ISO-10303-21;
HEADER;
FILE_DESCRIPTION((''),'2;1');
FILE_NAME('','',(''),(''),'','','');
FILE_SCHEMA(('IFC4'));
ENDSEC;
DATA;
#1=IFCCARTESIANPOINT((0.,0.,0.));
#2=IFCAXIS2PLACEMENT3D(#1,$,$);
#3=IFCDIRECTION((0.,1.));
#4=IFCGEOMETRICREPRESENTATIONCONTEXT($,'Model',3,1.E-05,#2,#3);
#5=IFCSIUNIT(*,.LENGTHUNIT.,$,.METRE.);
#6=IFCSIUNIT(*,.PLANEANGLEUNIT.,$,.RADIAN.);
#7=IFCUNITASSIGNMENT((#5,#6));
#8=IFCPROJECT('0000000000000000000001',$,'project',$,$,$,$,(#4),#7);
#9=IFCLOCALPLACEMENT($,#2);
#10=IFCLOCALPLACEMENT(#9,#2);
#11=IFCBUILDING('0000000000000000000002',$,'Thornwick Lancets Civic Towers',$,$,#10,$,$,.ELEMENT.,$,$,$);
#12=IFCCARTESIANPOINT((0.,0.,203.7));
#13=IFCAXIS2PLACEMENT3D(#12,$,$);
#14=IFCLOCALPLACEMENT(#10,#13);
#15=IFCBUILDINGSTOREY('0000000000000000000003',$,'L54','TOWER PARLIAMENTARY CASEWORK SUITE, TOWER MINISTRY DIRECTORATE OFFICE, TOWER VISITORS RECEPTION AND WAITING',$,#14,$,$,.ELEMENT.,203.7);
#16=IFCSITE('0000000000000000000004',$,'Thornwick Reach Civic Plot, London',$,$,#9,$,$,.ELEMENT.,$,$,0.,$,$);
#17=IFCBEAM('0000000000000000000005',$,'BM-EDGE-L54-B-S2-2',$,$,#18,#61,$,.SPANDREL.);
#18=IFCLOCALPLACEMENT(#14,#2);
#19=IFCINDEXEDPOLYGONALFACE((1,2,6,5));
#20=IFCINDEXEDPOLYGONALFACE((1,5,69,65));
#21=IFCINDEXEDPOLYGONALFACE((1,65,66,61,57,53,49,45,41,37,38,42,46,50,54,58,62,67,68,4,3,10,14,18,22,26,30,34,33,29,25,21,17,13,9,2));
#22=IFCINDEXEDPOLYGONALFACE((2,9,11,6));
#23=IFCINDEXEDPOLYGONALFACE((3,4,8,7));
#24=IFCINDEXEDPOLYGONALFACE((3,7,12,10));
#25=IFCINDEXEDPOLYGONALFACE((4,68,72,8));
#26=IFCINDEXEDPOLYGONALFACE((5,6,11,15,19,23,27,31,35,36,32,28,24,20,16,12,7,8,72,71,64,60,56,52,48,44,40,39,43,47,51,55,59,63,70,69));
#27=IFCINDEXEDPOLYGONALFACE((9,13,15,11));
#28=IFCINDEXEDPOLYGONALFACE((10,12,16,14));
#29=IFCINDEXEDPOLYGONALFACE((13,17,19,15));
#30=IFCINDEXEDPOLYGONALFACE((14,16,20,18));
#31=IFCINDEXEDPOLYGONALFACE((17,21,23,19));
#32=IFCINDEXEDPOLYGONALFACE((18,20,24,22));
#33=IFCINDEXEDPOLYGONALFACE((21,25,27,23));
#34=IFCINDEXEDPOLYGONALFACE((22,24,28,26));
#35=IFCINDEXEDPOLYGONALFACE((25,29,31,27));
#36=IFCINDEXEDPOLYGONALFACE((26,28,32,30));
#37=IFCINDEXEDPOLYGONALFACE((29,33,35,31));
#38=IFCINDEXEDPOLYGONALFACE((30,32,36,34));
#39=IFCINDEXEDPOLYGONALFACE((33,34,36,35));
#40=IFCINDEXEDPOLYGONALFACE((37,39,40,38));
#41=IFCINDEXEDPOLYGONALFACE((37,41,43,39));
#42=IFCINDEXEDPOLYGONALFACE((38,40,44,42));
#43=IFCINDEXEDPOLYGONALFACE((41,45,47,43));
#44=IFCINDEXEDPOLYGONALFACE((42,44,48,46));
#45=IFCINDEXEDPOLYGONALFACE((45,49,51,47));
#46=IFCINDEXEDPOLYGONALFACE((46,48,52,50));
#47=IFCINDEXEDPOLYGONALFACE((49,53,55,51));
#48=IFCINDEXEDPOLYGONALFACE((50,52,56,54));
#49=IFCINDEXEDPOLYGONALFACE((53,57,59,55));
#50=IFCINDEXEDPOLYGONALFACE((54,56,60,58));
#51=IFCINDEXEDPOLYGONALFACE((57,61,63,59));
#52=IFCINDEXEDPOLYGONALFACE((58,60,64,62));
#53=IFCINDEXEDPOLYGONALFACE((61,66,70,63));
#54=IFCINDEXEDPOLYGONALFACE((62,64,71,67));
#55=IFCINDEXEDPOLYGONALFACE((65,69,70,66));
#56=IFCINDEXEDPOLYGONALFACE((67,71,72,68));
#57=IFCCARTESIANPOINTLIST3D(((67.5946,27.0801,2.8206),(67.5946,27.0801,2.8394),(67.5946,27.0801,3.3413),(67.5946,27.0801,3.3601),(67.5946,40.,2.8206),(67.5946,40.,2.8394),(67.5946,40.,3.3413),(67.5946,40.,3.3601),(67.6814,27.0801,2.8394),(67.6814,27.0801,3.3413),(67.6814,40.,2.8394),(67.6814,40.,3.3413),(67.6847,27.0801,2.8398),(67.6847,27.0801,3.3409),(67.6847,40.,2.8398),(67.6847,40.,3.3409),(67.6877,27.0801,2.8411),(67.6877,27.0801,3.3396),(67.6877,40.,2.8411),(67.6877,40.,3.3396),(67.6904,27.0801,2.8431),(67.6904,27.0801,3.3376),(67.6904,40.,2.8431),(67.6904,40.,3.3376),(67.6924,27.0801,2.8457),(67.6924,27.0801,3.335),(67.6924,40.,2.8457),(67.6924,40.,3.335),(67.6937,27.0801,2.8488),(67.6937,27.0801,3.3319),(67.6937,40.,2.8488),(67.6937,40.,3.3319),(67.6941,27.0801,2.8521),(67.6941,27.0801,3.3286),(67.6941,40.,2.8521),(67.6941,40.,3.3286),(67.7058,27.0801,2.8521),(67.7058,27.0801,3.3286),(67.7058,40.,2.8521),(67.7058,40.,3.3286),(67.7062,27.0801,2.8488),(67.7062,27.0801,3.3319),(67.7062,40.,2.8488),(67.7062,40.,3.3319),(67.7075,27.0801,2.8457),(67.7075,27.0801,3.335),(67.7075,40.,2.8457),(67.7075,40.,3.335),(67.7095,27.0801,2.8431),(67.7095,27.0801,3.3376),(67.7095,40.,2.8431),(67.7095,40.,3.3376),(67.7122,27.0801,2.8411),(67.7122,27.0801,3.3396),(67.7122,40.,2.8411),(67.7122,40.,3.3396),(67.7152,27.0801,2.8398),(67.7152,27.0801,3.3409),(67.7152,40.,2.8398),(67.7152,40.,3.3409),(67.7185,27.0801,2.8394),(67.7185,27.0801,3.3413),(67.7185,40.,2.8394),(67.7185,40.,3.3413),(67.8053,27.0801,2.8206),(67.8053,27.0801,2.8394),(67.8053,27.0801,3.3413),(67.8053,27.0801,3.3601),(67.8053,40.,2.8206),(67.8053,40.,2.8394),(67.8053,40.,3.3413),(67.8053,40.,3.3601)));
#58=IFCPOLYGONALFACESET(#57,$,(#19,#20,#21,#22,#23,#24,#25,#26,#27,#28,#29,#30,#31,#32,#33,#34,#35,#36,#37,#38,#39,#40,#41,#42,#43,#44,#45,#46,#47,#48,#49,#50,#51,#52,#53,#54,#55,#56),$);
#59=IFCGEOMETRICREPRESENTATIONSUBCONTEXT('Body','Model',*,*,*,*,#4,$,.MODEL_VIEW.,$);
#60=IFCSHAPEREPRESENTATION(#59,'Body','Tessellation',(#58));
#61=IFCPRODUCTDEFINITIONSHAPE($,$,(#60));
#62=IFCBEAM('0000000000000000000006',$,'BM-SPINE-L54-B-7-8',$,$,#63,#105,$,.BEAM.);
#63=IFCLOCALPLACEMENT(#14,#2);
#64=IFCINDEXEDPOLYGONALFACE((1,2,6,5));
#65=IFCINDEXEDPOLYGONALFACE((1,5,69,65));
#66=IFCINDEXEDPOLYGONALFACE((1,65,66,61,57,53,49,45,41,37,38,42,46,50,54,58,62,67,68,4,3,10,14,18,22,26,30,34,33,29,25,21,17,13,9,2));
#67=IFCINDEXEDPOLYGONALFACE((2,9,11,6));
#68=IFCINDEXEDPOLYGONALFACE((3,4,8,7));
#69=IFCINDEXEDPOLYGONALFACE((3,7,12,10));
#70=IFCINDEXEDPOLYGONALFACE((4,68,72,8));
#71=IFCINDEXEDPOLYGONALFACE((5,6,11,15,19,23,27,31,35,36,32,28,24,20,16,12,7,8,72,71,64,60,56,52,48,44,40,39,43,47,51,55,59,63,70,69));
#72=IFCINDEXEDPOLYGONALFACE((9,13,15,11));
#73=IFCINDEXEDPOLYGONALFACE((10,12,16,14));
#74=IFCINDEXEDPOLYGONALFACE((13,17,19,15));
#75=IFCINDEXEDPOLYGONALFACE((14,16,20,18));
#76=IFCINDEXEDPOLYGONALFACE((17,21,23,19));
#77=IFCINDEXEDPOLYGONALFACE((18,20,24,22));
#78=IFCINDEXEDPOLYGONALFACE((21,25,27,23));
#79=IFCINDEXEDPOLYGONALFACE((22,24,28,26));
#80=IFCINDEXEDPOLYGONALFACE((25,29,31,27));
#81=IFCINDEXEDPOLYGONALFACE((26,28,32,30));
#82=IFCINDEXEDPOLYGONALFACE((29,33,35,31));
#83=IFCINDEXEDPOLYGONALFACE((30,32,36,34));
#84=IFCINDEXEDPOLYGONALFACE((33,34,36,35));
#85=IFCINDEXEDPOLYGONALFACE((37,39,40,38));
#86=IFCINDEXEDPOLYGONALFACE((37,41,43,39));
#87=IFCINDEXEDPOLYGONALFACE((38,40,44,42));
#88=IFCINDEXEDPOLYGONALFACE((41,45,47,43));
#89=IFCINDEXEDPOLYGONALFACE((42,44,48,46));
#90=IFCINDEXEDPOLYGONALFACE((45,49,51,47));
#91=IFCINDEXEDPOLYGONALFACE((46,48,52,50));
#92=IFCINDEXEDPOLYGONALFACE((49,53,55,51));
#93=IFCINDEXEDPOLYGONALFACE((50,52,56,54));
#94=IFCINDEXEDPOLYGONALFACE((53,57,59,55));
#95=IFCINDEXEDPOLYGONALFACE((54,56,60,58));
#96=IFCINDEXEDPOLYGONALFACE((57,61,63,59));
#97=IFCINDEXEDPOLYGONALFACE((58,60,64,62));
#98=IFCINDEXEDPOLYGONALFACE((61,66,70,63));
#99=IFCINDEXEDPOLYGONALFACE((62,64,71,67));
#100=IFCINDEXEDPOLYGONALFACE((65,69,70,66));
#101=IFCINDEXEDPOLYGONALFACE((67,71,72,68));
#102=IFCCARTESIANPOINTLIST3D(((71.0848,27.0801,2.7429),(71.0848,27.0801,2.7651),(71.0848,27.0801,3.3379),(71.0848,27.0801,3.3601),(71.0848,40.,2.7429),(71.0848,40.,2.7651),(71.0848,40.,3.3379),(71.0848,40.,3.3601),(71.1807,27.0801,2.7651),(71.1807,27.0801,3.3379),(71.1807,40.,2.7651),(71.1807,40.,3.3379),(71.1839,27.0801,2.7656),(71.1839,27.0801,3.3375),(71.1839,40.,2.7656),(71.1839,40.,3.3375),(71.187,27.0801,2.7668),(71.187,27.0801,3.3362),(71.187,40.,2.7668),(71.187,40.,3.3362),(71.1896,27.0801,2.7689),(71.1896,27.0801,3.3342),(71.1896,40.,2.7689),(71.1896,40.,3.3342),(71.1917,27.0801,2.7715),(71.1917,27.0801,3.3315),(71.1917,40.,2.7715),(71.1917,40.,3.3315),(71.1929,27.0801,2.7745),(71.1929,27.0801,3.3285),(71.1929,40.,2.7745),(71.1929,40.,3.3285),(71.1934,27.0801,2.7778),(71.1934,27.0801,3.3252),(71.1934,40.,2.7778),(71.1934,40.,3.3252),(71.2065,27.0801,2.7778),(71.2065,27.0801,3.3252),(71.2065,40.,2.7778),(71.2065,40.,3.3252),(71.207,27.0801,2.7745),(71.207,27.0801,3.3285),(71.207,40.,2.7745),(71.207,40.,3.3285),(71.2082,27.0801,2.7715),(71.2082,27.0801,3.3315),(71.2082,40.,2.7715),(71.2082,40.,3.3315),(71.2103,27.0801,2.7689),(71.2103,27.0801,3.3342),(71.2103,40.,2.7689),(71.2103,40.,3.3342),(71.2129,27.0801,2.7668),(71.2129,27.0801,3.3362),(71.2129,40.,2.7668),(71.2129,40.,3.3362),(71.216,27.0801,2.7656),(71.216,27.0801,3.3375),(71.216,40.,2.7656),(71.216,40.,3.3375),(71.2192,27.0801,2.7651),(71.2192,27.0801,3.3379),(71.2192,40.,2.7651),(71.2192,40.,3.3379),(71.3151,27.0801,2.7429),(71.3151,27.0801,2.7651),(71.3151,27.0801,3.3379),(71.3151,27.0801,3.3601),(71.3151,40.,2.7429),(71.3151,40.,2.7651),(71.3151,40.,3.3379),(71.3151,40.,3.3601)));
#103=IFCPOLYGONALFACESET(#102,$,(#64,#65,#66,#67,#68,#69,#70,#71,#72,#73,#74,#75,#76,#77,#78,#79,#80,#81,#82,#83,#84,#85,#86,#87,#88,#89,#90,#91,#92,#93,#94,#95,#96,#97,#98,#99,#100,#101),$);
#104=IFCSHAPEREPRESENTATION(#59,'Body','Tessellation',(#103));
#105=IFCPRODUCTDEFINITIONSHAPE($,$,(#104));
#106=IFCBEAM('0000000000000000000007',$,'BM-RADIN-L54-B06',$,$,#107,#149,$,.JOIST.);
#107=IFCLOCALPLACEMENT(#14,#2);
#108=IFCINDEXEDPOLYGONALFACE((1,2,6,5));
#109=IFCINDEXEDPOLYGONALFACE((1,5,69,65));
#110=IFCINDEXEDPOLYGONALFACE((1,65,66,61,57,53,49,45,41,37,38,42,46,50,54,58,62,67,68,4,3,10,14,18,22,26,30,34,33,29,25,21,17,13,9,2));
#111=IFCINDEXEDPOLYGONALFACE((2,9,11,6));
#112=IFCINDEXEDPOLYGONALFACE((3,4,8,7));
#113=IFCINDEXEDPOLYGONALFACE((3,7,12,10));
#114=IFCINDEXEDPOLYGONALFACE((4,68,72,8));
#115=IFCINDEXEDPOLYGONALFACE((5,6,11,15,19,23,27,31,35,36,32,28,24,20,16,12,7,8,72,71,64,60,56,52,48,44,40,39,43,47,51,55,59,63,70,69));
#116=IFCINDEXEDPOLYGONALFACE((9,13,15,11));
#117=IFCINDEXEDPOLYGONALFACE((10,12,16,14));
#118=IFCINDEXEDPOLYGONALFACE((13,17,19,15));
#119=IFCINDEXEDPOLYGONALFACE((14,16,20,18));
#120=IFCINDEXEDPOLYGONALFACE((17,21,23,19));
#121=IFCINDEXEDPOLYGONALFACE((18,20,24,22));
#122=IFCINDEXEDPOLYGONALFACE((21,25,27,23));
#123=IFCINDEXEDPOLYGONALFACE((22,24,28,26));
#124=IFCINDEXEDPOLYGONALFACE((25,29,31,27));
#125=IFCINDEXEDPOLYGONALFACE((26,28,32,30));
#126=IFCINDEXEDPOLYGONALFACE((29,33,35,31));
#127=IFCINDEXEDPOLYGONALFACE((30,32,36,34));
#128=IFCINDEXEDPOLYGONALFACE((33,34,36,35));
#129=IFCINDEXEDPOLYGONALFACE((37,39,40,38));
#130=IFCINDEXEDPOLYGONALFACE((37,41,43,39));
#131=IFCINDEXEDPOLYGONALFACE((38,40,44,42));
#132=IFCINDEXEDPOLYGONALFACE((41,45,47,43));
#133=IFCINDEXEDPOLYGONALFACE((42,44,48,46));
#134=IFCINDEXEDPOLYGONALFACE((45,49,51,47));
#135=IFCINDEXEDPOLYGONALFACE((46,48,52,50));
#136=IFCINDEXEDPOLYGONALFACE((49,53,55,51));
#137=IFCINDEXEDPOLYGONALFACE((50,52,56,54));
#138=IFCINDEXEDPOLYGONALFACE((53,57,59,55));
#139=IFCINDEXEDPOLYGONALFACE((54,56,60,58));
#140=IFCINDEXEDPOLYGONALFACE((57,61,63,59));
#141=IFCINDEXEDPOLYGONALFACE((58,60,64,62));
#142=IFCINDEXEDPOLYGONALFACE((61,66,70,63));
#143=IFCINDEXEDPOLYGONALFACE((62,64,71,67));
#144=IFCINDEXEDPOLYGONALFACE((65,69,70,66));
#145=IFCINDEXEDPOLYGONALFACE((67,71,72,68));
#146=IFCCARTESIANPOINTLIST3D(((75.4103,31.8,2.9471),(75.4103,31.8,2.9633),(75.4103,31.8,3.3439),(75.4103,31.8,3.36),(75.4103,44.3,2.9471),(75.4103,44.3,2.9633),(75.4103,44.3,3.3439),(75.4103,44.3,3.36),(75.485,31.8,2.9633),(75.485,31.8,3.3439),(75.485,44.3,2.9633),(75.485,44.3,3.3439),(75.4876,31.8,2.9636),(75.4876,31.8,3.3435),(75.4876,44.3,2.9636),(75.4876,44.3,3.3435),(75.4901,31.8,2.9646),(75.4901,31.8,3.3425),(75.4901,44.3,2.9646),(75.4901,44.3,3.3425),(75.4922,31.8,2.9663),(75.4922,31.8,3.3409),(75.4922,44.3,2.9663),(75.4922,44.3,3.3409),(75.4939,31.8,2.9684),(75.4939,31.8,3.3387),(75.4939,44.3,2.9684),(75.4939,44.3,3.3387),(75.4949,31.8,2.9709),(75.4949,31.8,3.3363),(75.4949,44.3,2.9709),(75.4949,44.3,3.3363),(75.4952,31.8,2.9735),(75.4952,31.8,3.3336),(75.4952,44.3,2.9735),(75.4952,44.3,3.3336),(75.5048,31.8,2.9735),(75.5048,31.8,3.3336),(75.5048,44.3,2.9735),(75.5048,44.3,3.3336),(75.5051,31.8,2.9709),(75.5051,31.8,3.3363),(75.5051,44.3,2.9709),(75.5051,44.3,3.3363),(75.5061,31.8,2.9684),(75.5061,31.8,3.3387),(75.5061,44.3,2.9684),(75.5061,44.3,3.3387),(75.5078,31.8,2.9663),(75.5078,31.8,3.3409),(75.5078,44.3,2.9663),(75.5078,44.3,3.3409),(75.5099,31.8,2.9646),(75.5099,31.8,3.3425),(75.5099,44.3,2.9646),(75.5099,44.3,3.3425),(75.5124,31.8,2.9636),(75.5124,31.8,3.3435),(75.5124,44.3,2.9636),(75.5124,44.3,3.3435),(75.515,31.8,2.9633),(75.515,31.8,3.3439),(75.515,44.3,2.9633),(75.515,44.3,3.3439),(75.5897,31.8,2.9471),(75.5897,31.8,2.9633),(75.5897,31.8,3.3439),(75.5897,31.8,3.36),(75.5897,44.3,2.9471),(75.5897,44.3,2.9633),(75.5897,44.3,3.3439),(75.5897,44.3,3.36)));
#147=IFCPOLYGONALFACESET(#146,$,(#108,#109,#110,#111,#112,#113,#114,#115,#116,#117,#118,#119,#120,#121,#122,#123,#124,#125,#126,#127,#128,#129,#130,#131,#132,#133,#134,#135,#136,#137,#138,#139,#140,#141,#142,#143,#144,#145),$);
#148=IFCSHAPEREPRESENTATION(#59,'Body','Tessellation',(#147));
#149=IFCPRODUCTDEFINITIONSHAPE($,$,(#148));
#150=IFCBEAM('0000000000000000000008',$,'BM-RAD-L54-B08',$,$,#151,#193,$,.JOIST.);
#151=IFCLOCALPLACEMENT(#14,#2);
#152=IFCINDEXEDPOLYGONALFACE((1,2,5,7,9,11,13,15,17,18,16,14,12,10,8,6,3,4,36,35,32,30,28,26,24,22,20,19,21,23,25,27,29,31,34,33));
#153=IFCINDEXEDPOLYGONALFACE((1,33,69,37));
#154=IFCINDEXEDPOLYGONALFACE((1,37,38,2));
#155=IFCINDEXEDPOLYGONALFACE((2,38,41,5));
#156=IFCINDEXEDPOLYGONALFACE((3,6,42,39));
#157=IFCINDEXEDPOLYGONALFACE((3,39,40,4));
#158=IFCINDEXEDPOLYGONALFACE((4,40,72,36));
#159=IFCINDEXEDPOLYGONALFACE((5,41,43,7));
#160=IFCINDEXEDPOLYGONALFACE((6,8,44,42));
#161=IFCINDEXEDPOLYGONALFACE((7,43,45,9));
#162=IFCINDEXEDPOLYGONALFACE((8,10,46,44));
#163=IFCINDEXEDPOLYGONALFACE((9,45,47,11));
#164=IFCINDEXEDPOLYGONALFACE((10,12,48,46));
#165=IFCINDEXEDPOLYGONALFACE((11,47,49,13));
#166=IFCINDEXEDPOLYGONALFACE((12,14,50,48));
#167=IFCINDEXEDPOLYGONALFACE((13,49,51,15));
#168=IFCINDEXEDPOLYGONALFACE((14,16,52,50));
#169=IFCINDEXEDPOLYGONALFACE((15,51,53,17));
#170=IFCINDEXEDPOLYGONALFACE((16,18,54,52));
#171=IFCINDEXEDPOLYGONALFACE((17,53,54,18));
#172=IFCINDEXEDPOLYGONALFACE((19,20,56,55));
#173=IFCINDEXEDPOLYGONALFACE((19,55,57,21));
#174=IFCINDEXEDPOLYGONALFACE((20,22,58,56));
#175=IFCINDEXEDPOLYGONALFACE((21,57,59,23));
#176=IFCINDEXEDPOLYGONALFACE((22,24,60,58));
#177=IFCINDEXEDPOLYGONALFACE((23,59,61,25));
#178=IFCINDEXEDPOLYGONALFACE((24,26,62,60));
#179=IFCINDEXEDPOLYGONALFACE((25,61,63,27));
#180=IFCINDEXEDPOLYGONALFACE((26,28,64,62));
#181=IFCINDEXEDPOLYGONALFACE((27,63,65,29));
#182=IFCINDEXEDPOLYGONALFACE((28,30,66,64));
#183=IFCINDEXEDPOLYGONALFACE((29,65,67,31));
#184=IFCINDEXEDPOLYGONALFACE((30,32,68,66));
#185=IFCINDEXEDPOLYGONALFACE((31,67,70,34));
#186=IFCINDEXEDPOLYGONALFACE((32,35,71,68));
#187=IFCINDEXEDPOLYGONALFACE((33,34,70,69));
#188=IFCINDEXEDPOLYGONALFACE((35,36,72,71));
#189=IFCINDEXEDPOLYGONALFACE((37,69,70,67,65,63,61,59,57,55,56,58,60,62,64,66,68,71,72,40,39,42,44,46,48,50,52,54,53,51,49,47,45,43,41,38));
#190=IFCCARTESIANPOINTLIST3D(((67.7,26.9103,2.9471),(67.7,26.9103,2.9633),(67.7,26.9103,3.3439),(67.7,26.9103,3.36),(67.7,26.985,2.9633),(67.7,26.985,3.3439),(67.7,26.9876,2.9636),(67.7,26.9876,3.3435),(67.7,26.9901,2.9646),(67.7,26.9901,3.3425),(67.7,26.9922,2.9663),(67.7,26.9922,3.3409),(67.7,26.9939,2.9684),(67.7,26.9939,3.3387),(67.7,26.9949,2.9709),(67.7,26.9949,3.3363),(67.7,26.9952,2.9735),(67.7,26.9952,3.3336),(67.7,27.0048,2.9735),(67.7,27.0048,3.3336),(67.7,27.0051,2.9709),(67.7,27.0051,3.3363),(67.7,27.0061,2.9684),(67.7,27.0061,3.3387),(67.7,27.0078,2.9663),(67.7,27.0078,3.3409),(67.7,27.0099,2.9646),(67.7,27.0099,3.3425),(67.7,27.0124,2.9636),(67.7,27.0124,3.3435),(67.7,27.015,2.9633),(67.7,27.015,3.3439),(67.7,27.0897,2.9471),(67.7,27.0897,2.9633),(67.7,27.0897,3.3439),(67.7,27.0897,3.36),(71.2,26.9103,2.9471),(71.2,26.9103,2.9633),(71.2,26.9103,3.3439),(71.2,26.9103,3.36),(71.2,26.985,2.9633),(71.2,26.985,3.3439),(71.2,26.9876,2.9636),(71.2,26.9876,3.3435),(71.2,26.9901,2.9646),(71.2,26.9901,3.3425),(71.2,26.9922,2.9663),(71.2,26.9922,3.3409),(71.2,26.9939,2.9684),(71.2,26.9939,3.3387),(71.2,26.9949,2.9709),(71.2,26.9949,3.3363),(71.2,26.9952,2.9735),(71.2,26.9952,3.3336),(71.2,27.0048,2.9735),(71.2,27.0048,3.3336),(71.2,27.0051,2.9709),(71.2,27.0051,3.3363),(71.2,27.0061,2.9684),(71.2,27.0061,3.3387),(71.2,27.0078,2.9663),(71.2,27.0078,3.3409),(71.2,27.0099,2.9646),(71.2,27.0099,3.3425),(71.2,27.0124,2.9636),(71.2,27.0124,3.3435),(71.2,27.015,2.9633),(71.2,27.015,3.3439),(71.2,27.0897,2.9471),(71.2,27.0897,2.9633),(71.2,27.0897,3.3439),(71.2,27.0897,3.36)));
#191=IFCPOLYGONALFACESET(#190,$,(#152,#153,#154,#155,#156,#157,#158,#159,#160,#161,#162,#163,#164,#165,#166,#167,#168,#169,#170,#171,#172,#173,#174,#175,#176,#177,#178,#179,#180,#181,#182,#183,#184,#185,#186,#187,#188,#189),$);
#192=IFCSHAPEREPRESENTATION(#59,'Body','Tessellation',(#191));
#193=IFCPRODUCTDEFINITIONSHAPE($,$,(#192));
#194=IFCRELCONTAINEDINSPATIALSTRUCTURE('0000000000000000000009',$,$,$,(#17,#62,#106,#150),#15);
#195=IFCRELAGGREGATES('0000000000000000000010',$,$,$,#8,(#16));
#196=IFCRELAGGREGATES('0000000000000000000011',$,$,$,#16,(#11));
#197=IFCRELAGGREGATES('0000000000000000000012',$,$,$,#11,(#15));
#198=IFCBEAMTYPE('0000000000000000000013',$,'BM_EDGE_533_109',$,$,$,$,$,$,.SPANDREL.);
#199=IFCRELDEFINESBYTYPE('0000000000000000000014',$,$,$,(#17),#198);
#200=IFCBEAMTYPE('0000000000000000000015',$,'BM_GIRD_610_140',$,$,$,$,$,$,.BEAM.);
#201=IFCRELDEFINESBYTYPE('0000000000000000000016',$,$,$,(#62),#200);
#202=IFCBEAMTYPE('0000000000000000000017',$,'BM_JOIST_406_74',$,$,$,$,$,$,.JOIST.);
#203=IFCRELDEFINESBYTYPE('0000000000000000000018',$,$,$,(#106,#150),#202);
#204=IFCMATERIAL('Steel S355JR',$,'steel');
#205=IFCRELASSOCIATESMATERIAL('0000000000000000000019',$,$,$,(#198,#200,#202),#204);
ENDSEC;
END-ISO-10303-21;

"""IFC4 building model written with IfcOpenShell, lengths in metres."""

from ifc_helpers import new_model, si_unit, direction, frame, origin, origin_2d, place, context, subcontext, project, spatial, i_section, extrude, material, material_profile, profile_set, type_object, element, save


model = new_model("IFC4")

# Units and contexts
model_context = context("Model", 3, precision=1e-05, world=origin(), true_north=direction((0.0, 1.0)))
body_context = subcontext(model_context, "Body", "Model", "MODEL_VIEW")
ifc_project = project(units=[si_unit("LENGTHUNIT", "METRE"), si_unit("PLANEANGLEUNIT", "RADIAN")], contexts=[model_context])

# Site, building, storey
site_placement = place(None, origin())
site = spatial("IfcSite", under=ifc_project, at=site_placement, Name="Thornwick Reach Civic Plot, London", CompositionType="ELEMENT", RefElevation=0.0)
building_placement = place(site_placement, origin())
building = spatial("IfcBuilding", under=site, at=building_placement, Name="Thornwick Lancets Civic Towers", CompositionType="ELEMENT")
storey_placement = place(building_placement, frame((0.0, 0.0, 203.7)))
storey = spatial("IfcBuildingStorey", under=building, at=storey_placement, Name="L54", Description="TOWER PARLIAMENTARY CASEWORK SUITE, TOWER MINISTRY DIRECTORATE OFFICE, TOWER VISITORS RECEPTION AND WAITING", CompositionType="ELEMENT", Elevation=203.7)

# Shared definitions
ifc_material_1 = material(Name="Steel S355JR", Category="steel")

# Beams
ifc_material_profile_1 = material_profile(ifc_material_1, i_section(OverallWidth=0.2107, OverallDepth=0.5396, WebThickness=0.0117, FlangeThickness=0.0188, FilletRadius=0.0127, at=origin_2d()), Name="UKB 533x210x109")
ifc_profile_set_1 = profile_set([ifc_material_profile_1], Name="Steel S355JR")
beam_type_1 = type_object("IfcBeamType", Name="BM_EDGE_533_109", PredefinedType="SPANDREL", material=ifc_profile_set_1)
beam_1_placement = place(storey_placement, frame((67.7, 27.0801, 3.0903), z_axis=(0.0, 1.0, 0.0), x_axis=(-1.0, 0.0, 0.0)))
element("IfcBeam", 1, at=beam_1_placement, inside=storey, type_object=beam_type_1, Name="BM-EDGE-L54-B-S2-2", PredefinedType="SPANDREL", context=body_context, shape_type="SweptSolid", body=[
    extrude(i_section(OverallWidth=0.2107, OverallDepth=0.5396, WebThickness=0.0117, FlangeThickness=0.0188, FilletRadius=0.0127, at=origin_2d()), origin(), (0.0, 0.0, 1.0), 12.9199),
])
ifc_material_profile_2 = material_profile(ifc_material_1, i_section(OverallWidth=0.2302, OverallDepth=0.6172, WebThickness=0.0132, FlangeThickness=0.0222, FilletRadius=0.0127, at=origin_2d()), Name="UKB 610x229x140")
ifc_profile_set_2 = profile_set([ifc_material_profile_2], Name="Steel S355JR")
beam_type_2 = type_object("IfcBeamType", Name="BM_GIRD_610_140", PredefinedType="BEAM", material=ifc_profile_set_2)
beam_2_placement = place(storey_placement, frame((71.2, 27.0801, 3.0515), z_axis=(0.0, 1.0, 0.0), x_axis=(-1.0, 0.0, 0.0)))
element("IfcBeam", 2, at=beam_2_placement, inside=storey, type_object=beam_type_2, Name="BM-SPINE-L54-B-7-8", PredefinedType="BEAM", context=body_context, shape_type="SweptSolid", body=[
    extrude(i_section(OverallWidth=0.2302, OverallDepth=0.6172, WebThickness=0.0132, FlangeThickness=0.0222, FilletRadius=0.0127, at=origin_2d()), origin(), (0.0, 0.0, 1.0), 12.9199),
])
ifc_material_profile_3 = material_profile(ifc_material_1, i_section(OverallWidth=0.1794, OverallDepth=0.4128, WebThickness=0.0095, FlangeThickness=0.0161, FilletRadius=0.0103, at=origin_2d()), Name="UKB 406x178x74")
ifc_profile_set_3 = profile_set([ifc_material_profile_3], Name="Steel S355JR")
beam_type_3 = type_object("IfcBeamType", Name="BM_JOIST_406_74", PredefinedType="JOIST", material=ifc_profile_set_3)
beam_3_placement = place(storey_placement, frame((75.5, 31.8, 3.1536), z_axis=(0.0, 1.0, 0.0), x_axis=(-1.0, 0.0, 0.0)))
element("IfcBeam", 3, at=beam_3_placement, inside=storey, type_object=beam_type_3, Name="BM-RADIN-L54-B06", PredefinedType="JOIST", context=body_context, shape_type="SweptSolid", body=[
    extrude(i_section(OverallWidth=0.1794, OverallDepth=0.4128, WebThickness=0.0095, FlangeThickness=0.0161, FilletRadius=0.0103, at=origin_2d()), origin(), (0.0, 0.0, 1.0), 12.5),
])
for number, where, z_axis, x_axis, name in (
    (4, (71.2, 27.0, 3.1536), (-1.0, 0.0, 0.0), (0.0, -1.0, 0.0), "BM-RAD-L54-B08"),
):
    element("IfcBeam", number, at=place(storey_placement, frame(where, z_axis=z_axis, x_axis=x_axis)), inside=storey, type_object=beam_type_3, Name=name, PredefinedType="JOIST", context=body_context, shape_type="SweptSolid", body=[
        extrude(i_section(OverallWidth=0.1794, OverallDepth=0.4128, WebThickness=0.0095, FlangeThickness=0.0161, FilletRadius=0.0103, at=origin_2d()), origin(), (0.0, 0.0, 1.0), 3.5),
    ])

save(model, "model.ifc")
